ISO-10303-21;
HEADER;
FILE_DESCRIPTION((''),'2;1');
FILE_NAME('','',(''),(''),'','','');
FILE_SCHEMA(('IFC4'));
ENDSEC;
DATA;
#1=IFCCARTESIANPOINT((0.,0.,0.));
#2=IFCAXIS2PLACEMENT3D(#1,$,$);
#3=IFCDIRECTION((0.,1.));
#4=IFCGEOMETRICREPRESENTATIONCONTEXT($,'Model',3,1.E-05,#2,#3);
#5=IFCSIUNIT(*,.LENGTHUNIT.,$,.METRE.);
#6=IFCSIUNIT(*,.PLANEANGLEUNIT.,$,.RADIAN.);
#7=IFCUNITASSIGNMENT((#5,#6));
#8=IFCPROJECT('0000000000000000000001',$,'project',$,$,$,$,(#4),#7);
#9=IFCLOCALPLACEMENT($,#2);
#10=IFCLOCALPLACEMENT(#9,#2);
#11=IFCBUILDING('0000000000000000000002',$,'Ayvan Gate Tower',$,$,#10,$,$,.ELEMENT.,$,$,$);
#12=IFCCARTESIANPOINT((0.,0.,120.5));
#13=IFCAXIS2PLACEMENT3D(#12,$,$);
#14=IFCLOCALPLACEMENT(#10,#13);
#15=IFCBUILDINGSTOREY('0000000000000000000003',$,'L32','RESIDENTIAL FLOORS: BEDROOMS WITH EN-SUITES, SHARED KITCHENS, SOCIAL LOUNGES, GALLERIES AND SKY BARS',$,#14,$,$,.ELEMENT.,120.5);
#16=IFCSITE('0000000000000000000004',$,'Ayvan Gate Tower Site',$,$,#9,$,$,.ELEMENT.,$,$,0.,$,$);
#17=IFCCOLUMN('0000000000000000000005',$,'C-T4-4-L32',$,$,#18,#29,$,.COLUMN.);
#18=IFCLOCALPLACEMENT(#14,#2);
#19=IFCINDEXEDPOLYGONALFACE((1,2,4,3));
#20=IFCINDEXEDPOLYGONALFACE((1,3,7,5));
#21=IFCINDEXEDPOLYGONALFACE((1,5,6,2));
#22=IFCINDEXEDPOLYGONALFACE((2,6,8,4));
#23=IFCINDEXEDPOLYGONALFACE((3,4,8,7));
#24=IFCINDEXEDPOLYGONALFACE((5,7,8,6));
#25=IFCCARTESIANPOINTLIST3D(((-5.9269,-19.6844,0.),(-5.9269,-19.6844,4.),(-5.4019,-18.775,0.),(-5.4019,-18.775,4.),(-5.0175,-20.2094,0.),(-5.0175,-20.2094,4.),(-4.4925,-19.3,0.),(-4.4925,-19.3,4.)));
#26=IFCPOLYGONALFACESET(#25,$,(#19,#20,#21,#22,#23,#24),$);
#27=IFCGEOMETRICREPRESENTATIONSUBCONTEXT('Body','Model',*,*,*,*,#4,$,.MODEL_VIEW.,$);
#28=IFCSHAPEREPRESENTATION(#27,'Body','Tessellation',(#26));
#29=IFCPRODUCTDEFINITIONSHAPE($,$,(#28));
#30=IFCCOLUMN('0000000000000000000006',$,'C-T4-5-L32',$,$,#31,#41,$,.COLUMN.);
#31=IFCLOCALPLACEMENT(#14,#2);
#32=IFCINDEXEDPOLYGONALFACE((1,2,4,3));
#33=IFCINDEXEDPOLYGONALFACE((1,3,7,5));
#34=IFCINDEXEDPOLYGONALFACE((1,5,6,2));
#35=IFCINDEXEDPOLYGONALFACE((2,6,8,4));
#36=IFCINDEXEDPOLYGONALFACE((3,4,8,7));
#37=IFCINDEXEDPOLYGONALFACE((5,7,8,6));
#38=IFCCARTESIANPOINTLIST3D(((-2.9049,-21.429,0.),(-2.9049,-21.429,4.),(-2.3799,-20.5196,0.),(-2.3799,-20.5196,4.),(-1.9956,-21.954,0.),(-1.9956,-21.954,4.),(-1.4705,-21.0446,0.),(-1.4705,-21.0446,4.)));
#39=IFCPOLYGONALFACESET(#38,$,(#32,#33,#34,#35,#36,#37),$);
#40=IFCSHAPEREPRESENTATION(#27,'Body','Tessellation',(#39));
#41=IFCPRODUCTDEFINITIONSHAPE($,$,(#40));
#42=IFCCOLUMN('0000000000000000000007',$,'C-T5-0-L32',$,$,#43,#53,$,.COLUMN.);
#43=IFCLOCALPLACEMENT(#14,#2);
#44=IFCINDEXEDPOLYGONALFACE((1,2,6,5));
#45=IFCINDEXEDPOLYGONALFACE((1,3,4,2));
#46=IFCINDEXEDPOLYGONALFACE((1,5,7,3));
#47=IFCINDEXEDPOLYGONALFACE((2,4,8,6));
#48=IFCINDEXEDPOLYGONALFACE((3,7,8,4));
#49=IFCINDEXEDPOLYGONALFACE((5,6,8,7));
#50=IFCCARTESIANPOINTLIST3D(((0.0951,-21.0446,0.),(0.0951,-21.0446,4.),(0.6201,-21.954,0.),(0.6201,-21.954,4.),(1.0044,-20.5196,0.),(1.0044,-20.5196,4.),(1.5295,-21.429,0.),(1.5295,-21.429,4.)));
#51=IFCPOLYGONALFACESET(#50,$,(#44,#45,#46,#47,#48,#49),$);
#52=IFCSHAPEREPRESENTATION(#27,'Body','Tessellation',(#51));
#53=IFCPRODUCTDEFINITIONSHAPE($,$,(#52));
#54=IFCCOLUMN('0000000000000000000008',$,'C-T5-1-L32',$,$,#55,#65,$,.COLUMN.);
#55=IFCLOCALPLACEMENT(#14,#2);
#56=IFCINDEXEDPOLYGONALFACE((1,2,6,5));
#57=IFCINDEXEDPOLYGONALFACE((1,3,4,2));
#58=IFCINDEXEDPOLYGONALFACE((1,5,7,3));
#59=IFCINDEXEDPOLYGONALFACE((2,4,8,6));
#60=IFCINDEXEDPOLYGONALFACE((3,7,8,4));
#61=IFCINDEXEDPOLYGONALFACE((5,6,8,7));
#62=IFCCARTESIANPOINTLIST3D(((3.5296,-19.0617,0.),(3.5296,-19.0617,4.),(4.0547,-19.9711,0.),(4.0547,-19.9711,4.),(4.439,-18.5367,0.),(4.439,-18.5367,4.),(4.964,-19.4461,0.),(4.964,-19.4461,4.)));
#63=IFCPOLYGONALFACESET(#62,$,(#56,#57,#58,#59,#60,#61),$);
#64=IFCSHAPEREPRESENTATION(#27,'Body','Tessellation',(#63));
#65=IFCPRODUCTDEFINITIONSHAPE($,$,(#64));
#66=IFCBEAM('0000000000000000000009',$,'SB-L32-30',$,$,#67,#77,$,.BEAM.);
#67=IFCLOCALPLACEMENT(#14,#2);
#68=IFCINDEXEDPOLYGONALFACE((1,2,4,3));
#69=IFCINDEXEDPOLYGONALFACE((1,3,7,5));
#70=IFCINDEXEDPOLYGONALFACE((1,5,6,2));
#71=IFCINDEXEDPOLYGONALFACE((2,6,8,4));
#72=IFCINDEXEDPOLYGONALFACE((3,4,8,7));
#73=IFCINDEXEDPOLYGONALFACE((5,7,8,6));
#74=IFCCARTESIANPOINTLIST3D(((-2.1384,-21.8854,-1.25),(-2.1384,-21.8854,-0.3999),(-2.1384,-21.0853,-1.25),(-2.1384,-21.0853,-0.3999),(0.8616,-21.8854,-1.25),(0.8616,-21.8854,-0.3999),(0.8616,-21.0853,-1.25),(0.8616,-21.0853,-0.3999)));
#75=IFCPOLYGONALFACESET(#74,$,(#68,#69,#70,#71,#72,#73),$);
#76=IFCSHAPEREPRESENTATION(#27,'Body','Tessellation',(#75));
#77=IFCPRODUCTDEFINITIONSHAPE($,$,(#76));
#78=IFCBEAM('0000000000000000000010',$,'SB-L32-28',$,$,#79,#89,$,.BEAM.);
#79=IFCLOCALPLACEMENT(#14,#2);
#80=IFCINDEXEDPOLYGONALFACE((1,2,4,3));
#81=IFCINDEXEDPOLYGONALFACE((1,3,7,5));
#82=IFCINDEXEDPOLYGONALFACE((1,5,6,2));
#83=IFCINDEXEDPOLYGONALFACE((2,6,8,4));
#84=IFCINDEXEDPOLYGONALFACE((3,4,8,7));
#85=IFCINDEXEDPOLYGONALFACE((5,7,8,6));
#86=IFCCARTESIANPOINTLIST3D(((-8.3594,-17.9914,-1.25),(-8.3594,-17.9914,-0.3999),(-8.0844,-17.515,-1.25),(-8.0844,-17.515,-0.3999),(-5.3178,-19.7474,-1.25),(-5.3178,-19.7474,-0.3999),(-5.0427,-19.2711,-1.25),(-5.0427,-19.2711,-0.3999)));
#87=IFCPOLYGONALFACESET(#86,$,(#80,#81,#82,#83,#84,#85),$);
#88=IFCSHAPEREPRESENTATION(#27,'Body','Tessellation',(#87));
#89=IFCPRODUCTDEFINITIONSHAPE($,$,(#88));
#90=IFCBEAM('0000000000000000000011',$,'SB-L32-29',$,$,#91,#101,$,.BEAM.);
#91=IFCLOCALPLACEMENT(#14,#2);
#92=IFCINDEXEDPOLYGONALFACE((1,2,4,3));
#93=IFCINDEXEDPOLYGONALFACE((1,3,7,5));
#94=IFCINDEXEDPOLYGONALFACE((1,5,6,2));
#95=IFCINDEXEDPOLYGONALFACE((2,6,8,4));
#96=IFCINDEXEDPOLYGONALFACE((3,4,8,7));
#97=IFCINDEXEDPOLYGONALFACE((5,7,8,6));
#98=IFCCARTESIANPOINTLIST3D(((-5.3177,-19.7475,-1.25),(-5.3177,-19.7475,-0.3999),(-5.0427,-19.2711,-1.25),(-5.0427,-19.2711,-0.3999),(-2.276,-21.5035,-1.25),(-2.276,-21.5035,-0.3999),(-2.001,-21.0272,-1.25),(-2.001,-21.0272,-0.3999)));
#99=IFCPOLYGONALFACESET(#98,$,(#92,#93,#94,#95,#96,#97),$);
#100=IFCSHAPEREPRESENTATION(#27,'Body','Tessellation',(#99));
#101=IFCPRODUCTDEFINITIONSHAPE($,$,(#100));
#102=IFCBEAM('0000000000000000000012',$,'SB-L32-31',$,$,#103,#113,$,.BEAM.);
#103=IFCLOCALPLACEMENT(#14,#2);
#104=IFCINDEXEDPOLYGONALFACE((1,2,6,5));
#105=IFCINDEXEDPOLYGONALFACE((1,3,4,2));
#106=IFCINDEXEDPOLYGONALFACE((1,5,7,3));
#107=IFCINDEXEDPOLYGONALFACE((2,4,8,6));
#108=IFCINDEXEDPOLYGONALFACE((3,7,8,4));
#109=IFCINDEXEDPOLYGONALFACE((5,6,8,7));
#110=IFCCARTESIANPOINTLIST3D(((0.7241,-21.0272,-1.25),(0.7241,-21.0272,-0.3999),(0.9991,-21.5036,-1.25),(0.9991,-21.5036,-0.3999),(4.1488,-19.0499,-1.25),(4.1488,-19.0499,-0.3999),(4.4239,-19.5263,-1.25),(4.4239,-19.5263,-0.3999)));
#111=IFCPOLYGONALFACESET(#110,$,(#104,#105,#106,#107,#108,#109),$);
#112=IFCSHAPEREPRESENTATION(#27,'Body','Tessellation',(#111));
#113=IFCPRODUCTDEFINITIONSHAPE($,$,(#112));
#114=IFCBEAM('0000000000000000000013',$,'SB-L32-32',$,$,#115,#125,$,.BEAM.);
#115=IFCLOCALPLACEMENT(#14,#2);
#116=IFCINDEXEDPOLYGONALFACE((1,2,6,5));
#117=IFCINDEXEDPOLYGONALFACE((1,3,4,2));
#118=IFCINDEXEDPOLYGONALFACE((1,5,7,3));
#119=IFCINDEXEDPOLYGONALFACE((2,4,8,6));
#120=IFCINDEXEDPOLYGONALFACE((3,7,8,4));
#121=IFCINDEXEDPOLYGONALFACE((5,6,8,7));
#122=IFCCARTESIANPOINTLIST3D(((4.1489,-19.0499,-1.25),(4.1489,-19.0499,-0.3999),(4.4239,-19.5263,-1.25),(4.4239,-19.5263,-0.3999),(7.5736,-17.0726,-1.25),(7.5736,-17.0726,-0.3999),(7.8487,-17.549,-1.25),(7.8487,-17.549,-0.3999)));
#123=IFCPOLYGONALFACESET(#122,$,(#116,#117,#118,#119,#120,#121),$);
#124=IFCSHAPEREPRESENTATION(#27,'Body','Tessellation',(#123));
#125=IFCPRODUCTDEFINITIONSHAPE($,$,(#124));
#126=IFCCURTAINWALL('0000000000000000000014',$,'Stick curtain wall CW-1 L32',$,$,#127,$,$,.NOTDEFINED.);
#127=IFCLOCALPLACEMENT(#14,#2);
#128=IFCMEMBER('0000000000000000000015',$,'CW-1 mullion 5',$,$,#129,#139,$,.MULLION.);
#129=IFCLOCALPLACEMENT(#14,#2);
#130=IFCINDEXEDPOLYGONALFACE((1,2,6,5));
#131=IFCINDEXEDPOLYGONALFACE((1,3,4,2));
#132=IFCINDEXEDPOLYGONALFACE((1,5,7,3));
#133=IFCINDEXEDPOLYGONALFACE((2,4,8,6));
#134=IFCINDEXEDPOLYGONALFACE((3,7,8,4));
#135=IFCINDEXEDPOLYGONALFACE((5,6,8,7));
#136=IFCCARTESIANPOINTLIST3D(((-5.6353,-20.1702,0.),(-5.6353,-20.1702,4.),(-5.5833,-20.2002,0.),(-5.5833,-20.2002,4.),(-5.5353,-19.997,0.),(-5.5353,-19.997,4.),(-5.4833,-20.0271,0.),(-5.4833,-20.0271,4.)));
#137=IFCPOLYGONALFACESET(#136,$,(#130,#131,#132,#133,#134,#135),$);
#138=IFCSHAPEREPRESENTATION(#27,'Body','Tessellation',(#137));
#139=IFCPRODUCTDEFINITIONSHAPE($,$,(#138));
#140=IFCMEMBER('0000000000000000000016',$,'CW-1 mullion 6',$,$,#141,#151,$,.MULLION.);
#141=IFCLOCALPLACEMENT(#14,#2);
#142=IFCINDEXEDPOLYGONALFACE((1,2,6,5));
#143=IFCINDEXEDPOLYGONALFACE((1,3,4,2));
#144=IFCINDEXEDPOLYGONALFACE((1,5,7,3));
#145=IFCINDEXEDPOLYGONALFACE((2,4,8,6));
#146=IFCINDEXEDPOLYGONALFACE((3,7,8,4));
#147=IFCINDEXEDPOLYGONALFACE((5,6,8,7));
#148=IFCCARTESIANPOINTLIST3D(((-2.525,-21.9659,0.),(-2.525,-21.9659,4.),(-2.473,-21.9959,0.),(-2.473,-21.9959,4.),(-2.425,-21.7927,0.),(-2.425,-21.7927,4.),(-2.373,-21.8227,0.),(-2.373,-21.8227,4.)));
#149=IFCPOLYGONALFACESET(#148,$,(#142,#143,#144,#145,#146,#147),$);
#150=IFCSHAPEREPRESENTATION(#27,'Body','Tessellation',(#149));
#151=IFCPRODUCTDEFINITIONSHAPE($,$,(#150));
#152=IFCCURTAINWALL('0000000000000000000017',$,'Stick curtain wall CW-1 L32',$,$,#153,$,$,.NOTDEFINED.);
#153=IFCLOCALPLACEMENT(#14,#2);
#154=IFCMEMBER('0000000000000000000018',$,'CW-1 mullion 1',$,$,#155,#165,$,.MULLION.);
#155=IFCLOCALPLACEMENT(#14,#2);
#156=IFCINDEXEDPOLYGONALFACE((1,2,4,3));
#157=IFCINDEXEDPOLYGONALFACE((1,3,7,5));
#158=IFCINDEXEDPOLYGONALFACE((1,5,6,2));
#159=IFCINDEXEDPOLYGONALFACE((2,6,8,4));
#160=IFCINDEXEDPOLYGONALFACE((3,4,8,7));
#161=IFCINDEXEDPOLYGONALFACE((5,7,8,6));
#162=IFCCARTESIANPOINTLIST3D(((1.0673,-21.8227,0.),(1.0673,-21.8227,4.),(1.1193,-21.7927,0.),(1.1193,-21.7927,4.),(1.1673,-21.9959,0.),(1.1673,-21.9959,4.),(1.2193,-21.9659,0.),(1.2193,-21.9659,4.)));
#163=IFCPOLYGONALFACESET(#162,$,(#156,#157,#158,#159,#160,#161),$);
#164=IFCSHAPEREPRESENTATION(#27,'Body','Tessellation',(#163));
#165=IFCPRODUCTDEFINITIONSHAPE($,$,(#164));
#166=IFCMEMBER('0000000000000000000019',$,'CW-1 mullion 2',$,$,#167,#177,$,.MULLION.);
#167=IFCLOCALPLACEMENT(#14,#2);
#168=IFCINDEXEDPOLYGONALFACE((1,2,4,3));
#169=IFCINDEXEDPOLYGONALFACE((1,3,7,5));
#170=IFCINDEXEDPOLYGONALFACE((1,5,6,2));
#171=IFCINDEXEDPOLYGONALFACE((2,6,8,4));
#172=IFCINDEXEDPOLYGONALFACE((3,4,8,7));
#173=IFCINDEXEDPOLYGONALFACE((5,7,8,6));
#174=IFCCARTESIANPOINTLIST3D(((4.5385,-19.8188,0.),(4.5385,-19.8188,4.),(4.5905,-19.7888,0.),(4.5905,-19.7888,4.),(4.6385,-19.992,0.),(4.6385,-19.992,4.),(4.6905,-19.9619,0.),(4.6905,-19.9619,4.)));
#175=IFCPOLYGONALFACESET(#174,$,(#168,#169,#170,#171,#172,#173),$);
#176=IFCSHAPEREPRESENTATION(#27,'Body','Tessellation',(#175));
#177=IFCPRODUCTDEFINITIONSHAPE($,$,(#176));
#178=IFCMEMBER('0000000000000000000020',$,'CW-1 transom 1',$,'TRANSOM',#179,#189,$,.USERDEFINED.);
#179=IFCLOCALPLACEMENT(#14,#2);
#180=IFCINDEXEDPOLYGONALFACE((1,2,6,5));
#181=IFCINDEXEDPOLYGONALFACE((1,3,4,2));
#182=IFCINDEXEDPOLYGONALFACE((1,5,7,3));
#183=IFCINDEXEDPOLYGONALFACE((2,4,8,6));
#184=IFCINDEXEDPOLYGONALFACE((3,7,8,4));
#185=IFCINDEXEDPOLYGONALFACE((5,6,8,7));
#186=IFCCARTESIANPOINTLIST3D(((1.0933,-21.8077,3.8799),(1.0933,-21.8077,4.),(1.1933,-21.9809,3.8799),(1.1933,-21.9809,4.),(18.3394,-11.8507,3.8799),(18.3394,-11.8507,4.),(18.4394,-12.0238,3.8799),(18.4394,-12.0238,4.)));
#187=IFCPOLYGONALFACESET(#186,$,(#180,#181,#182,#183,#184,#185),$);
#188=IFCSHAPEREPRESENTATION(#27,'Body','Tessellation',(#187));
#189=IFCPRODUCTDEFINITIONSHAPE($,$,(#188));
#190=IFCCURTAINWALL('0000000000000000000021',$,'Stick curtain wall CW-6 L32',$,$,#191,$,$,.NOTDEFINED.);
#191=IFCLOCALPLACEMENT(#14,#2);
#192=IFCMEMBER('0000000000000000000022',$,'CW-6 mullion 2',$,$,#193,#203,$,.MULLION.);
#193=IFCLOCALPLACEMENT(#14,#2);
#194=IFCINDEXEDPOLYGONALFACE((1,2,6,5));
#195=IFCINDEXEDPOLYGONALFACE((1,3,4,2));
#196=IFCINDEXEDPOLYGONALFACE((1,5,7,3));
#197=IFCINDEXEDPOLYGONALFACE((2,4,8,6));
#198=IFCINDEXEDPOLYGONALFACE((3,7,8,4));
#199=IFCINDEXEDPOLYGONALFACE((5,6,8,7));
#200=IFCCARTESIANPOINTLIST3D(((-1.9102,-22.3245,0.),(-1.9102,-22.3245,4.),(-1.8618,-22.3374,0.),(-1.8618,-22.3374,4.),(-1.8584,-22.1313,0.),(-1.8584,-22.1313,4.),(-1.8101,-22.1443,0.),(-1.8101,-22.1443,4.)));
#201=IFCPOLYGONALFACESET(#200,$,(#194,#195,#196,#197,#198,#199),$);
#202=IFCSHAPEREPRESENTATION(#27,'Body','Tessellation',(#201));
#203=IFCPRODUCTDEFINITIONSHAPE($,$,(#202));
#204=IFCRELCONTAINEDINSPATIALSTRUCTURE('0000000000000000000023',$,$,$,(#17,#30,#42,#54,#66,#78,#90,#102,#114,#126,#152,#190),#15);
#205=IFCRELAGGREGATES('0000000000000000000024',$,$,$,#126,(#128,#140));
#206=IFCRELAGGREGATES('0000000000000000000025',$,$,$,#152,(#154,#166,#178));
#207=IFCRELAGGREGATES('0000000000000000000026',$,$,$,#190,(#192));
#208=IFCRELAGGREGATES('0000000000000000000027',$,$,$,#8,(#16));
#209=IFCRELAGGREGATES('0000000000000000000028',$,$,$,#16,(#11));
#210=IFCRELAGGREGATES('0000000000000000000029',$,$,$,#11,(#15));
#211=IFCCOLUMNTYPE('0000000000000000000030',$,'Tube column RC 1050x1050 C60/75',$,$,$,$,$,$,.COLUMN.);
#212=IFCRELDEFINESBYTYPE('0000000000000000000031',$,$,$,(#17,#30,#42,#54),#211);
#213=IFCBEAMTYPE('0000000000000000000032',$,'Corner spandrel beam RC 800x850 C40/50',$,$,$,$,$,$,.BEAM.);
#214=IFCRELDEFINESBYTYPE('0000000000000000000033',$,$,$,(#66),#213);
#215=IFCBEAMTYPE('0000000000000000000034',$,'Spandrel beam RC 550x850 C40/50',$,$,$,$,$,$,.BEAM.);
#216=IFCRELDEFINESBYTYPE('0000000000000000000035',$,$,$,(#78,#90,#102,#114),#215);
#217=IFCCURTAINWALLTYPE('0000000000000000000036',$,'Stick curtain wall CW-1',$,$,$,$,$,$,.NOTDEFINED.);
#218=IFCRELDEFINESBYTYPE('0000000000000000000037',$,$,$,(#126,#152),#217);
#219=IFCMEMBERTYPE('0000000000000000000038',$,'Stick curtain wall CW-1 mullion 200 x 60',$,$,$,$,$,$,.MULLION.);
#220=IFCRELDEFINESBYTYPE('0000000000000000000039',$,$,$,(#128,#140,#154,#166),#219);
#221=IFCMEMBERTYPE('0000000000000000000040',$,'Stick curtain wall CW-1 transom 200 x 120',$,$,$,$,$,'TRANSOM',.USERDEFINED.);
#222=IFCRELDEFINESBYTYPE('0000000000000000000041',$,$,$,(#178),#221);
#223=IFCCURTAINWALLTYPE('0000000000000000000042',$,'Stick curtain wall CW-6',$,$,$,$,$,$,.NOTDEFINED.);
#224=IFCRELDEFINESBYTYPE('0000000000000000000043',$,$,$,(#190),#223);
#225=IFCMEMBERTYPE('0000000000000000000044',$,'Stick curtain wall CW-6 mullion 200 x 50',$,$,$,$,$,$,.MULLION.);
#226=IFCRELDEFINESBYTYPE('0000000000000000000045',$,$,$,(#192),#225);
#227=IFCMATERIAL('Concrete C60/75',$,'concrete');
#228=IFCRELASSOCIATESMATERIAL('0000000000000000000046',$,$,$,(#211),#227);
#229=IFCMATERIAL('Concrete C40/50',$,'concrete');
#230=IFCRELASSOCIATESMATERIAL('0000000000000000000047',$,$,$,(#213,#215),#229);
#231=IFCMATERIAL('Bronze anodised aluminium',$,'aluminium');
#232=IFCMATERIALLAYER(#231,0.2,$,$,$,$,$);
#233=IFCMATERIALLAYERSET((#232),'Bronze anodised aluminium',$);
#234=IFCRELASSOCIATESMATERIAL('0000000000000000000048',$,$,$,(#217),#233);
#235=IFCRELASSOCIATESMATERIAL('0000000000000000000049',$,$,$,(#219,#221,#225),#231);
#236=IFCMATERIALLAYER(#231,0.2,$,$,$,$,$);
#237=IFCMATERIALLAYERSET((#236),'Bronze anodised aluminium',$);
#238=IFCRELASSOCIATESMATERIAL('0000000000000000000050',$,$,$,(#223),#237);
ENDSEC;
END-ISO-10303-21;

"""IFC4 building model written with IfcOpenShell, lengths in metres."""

from ifc_helpers import new_model, si_unit, direction, frame, origin, origin_2d, place, context, subcontext, project, spatial, rectangle, extrude, material, layer, layer_set, material_profile, profile_set, type_object, element, aggregate, save


model = new_model("IFC4")

# Units and contexts
model_context = context("Model", 3, precision=1e-05, world=origin(), true_north=direction((0.0, 1.0)))
body_context = subcontext(model_context, "Body", "Model", "MODEL_VIEW")
ifc_project = project(units=[si_unit("LENGTHUNIT", "METRE"), si_unit("PLANEANGLEUNIT", "RADIAN")], contexts=[model_context])

# Site, building, storey
site_placement = place(None, origin())
site = spatial("IfcSite", under=ifc_project, at=site_placement, Name="Ayvan Gate Tower Site", CompositionType="ELEMENT", RefElevation=0.0)
building_placement = place(site_placement, origin())
building = spatial("IfcBuilding", under=site, at=building_placement, Name="Ayvan Gate Tower", CompositionType="ELEMENT")
storey_placement = place(building_placement, frame((0.0, 0.0, 120.5)))
storey = spatial("IfcBuildingStorey", under=building, at=storey_placement, Name="L32", Description="RESIDENTIAL FLOORS: BEDROOMS WITH EN-SUITES, SHARED KITCHENS, SOCIAL LOUNGES, GALLERIES AND SKY BARS", CompositionType="ELEMENT", Elevation=120.5)

# Columns
ifc_material_1 = material(Name="Concrete C60/75", Category="concrete")
ifc_material_profile_1 = material_profile(ifc_material_1, rectangle(XDim=1.05, YDim=1.05, at=origin_2d()), Name="RC 1050x1050")
ifc_profile_set_1 = profile_set([ifc_material_profile_1], Name="Concrete C60/75")
column_type = type_object("IfcColumnType", Name="Tube column RC 1050x1050 C60/75", PredefinedType="COLUMN", material=ifc_profile_set_1)
for number, where, z_axis, x_axis, name in (
    (1, (-5.2097, -19.4922, 0.0), (0.0, 0.0, 1.0), (-0.5, -0.866025, 0.0), "C-T4-4-L32"),
    (2, (-2.1877, -21.2368, 0.0), (0.0, 0.0, 1.0), (-0.5, -0.866025, 0.0), "C-T4-5-L32"),
    (3, (0.8123, -21.2368, 0.0), (0.0, 0.0, 1.0), (0.5, -0.866025, 0.0), "C-T5-0-L32"),
    (4, (4.2468, -19.2539, 0.0), (0.0, 0.0, 1.0), (0.5, -0.866025, 0.0), "C-T5-1-L32"),
):
    element("IfcColumn", number, at=place(storey_placement, frame(where, z_axis=z_axis, x_axis=x_axis)), inside=storey, type_object=column_type, Name=name, PredefinedType="COLUMN", context=body_context, shape_type="SweptSolid", body=[
        extrude(rectangle(XDim=1.05, YDim=1.05, at=origin_2d()), origin(), (0.0, 0.0, 1.0), 4.0),
    ])

# Beams
ifc_material_2 = material(Name="Concrete C40/50", Category="concrete")
ifc_material_profile_2 = material_profile(ifc_material_2, rectangle(XDim=0.8, YDim=0.8501, at=origin_2d()), Name="RC 800x850")
ifc_profile_set_2 = profile_set([ifc_material_profile_2], Name="Concrete C40/50")
beam_type_1 = type_object("IfcBeamType", Name="Corner spandrel beam RC 800x850 C40/50", PredefinedType="BEAM", material=ifc_profile_set_2)
beam_placement = place(storey_placement, frame((-2.1384, -21.4854, -0.825), z_axis=(1.0, 0.0, 0.0), x_axis=(0.0, 1.0, 0.0)))
element("IfcBeam", 5, at=beam_placement, inside=storey, type_object=beam_type_1, Name="SB-L32-30", PredefinedType="BEAM", context=body_context, shape_type="SweptSolid", body=[
    extrude(rectangle(XDim=0.8, YDim=0.8501, at=origin_2d()), origin(), (0.0, 0.0, 1.0), 3.0),
])
ifc_material_profile_3 = material_profile(ifc_material_2, rectangle(XDim=0.55, YDim=0.8501, at=origin_2d()), Name="RC 550x850")
ifc_profile_set_3 = profile_set([ifc_material_profile_3], Name="Concrete C40/50")
beam_type_2 = type_object("IfcBeamType", Name="Spandrel beam RC 550x850 C40/50", PredefinedType="BEAM", material=ifc_profile_set_3)
for number, where, z_axis, x_axis, name in (
    (6, (-8.2219, -17.7532, -0.825), (0.866032, -0.499989, 0.0), (0.499989, 0.866032, 0.0), "SB-L32-28"),
    (7, (-5.1802, -19.5093, -0.825), (0.866032, -0.499989, 0.0), (0.499989, 0.866032, 0.0), "SB-L32-29"),
):
    element("IfcBeam", number, at=place(storey_placement, frame(where, z_axis=z_axis, x_axis=x_axis)), inside=storey, type_object=beam_type_2, Name=name, PredefinedType="BEAM", context=body_context, shape_type="SweptSolid", body=[
        extrude(rectangle(XDim=0.55, YDim=0.8501, at=origin_2d()), origin(), (0.0, 0.0, 1.0), 3.5122),
    ])
for number, where, z_axis, x_axis, name in (
    (8, (0.8616, -21.2654, -0.825), (0.866027, 0.499997, 0.0), (-0.499997, 0.866027, 0.0), "SB-L32-31"),
    (9, (4.2864, -19.2881, -0.825), (0.866027, 0.499997, 0.0), (-0.499997, 0.866027, 0.0), "SB-L32-32"),
):
    element("IfcBeam", number, at=place(storey_placement, frame(where, z_axis=z_axis, x_axis=x_axis)), inside=storey, type_object=beam_type_2, Name=name, PredefinedType="BEAM", context=body_context, shape_type="SweptSolid", body=[
        extrude(rectangle(XDim=0.55, YDim=0.8501, at=origin_2d()), origin(), (0.0, 0.0, 1.0), 3.9546),
    ])

# Curtain walls, members
ifc_material_3 = material(Name="Bronze anodised aluminium", Category="aluminium")
ifc_layer_1 = layer(ifc_material_3, 0.2)
ifc_layer_set_1 = layer_set([ifc_layer_1], Name="Bronze anodised aluminium")
curtain_wall_type_1 = type_object("IfcCurtainWallType", Name="Stick curtain wall CW-1", PredefinedType="NOTDEFINED", material=ifc_layer_set_1)
curtain_wall_1_placement = place(storey_placement, origin())
curtain_wall_1 = element("IfcCurtainWall", 10, at=curtain_wall_1_placement, inside=storey, type_object=curtain_wall_type_1, Name="Stick curtain wall CW-1 L32", PredefinedType="NOTDEFINED")
ifc_material_profile_4 = material_profile(ifc_material_3, rectangle(XDim=0.2, YDim=0.0601, at=origin_2d()), Name="Stick curtain wall CW-1 mullion 200 x 60")
ifc_profile_set_4 = profile_set([ifc_material_profile_4], Name="Bronze anodised aluminium")
member_type_1 = type_object("IfcMemberType", Name="Stick curtain wall CW-1 mullion 200 x 60", PredefinedType="MULLION", material=ifc_profile_set_4)
member_1_placement = place(storey_placement, frame((-5.5593, -20.0986, 0.0), z_axis=(0.0, 0.0, 1.0), x_axis=(-0.5, -0.866025, 0.0)))
member_1 = element("IfcMember", 11, at=member_1_placement, type_object=member_type_1, Name="CW-1 mullion 5", PredefinedType="MULLION", context=body_context, shape_type="SweptSolid", body=[
    extrude(rectangle(XDim=0.2, YDim=0.0601, at=origin_2d()), origin(), (0.0, 0.0, 1.0), 4.0),
])
member_2_placement = place(storey_placement, frame((-2.449, -21.8943, 0.0), z_axis=(0.0, 0.0, 1.0), x_axis=(-0.5, -0.866025, 0.0)))
member_2 = element("IfcMember", 12, at=member_2_placement, type_object=member_type_1, Name="CW-1 mullion 6", PredefinedType="MULLION", context=body_context, shape_type="SweptSolid", body=[
    extrude(rectangle(XDim=0.2, YDim=0.0601, at=origin_2d()), origin(), (0.0, 0.0, 1.0), 4.0),
])
curtain_wall_2_placement = place(storey_placement, origin())
curtain_wall_2 = element("IfcCurtainWall", 13, at=curtain_wall_2_placement, inside=storey, type_object=curtain_wall_type_1, Name="Stick curtain wall CW-1 L32", PredefinedType="NOTDEFINED")
member_3_placement = place(storey_placement, frame((1.1433, -21.8943, 0.0), z_axis=(0.0, 0.0, 1.0), x_axis=(0.5, -0.866025, 0.0)))
member_3 = element("IfcMember", 14, at=member_3_placement, type_object=member_type_1, Name="CW-1 mullion 1", PredefinedType="MULLION", context=body_context, shape_type="SweptSolid", body=[
    extrude(rectangle(XDim=0.2, YDim=0.0601, at=origin_2d()), origin(), (0.0, 0.0, 1.0), 4.0),
])
member_4_placement = place(storey_placement, frame((4.6145, -19.8904, 0.0), z_axis=(0.0, 0.0, 1.0), x_axis=(0.5, -0.866025, 0.0)))
member_4 = element("IfcMember", 15, at=member_4_placement, type_object=member_type_1, Name="CW-1 mullion 2", PredefinedType="MULLION", context=body_context, shape_type="SweptSolid", body=[
    extrude(rectangle(XDim=0.2, YDim=0.0601, at=origin_2d()), origin(), (0.0, 0.0, 1.0), 4.0),
])
ifc_material_profile_5 = material_profile(ifc_material_3, rectangle(XDim=0.2, YDim=0.1201, at=origin_2d()), Name="Stick curtain wall CW-1 transom 200 x 120")
ifc_profile_set_5 = profile_set([ifc_material_profile_5], Name="Bronze anodised aluminium")
member_type_2 = type_object("IfcMemberType", Name="Stick curtain wall CW-1 transom 200 x 120", ElementType="TRANSOM", PredefinedType="USERDEFINED", material=ifc_profile_set_5)
member_5_placement = place(storey_placement, frame((1.1433, -21.8943, 3.9399), z_axis=(0.866026, 0.5, 0.0), x_axis=(-0.5, 0.866026, 0.0)))
member_5 = element("IfcMember", 16, at=member_5_placement, type_object=member_type_2, Name="CW-1 transom 1", ObjectType="TRANSOM", PredefinedType="USERDEFINED", context=body_context, shape_type="SweptSolid", body=[
    extrude(rectangle(XDim=0.2, YDim=0.1201, at=origin_2d()), origin(), (0.0, 0.0, 1.0), 19.9141),
])
ifc_layer_2 = layer(ifc_material_3, 0.2)
ifc_layer_set_2 = layer_set([ifc_layer_2], Name="Bronze anodised aluminium")
curtain_wall_type_2 = type_object("IfcCurtainWallType", Name="Stick curtain wall CW-6", PredefinedType="NOTDEFINED", material=ifc_layer_set_2)
curtain_wall_3_placement = place(storey_placement, origin())
curtain_wall_3 = element("IfcCurtainWall", 17, at=curtain_wall_3_placement, inside=storey, type_object=curtain_wall_type_2, Name="Stick curtain wall CW-6 L32", PredefinedType="NOTDEFINED")
ifc_material_profile_6 = material_profile(ifc_material_3, rectangle(XDim=0.2, YDim=0.05, at=origin_2d()), Name="Stick curtain wall CW-6 mullion 200 x 50")
ifc_profile_set_6 = profile_set([ifc_material_profile_6], Name="Bronze anodised aluminium")
member_type_3 = type_object("IfcMemberType", Name="Stick curtain wall CW-6 mullion 200 x 50", PredefinedType="MULLION", material=ifc_profile_set_6)
member_6_placement = place(storey_placement, frame((-1.8601, -22.2344, 0.0), z_axis=(0.0, 0.0, 1.0), x_axis=(-0.258819, -0.965926, 0.0)))
member_6 = element("IfcMember", 18, at=member_6_placement, type_object=member_type_3, Name="CW-6 mullion 2", PredefinedType="MULLION", context=body_context, shape_type="SweptSolid", body=[
    extrude(rectangle(XDim=0.2, YDim=0.05, at=origin_2d()), origin(), (0.0, 0.0, 1.0), 4.0),
])

aggregate(curtain_wall_1, [member_1, member_2])
aggregate(curtain_wall_2, [member_3, member_4, member_5])
aggregate(curtain_wall_3, [member_6])

save(model, "model.ifc")
